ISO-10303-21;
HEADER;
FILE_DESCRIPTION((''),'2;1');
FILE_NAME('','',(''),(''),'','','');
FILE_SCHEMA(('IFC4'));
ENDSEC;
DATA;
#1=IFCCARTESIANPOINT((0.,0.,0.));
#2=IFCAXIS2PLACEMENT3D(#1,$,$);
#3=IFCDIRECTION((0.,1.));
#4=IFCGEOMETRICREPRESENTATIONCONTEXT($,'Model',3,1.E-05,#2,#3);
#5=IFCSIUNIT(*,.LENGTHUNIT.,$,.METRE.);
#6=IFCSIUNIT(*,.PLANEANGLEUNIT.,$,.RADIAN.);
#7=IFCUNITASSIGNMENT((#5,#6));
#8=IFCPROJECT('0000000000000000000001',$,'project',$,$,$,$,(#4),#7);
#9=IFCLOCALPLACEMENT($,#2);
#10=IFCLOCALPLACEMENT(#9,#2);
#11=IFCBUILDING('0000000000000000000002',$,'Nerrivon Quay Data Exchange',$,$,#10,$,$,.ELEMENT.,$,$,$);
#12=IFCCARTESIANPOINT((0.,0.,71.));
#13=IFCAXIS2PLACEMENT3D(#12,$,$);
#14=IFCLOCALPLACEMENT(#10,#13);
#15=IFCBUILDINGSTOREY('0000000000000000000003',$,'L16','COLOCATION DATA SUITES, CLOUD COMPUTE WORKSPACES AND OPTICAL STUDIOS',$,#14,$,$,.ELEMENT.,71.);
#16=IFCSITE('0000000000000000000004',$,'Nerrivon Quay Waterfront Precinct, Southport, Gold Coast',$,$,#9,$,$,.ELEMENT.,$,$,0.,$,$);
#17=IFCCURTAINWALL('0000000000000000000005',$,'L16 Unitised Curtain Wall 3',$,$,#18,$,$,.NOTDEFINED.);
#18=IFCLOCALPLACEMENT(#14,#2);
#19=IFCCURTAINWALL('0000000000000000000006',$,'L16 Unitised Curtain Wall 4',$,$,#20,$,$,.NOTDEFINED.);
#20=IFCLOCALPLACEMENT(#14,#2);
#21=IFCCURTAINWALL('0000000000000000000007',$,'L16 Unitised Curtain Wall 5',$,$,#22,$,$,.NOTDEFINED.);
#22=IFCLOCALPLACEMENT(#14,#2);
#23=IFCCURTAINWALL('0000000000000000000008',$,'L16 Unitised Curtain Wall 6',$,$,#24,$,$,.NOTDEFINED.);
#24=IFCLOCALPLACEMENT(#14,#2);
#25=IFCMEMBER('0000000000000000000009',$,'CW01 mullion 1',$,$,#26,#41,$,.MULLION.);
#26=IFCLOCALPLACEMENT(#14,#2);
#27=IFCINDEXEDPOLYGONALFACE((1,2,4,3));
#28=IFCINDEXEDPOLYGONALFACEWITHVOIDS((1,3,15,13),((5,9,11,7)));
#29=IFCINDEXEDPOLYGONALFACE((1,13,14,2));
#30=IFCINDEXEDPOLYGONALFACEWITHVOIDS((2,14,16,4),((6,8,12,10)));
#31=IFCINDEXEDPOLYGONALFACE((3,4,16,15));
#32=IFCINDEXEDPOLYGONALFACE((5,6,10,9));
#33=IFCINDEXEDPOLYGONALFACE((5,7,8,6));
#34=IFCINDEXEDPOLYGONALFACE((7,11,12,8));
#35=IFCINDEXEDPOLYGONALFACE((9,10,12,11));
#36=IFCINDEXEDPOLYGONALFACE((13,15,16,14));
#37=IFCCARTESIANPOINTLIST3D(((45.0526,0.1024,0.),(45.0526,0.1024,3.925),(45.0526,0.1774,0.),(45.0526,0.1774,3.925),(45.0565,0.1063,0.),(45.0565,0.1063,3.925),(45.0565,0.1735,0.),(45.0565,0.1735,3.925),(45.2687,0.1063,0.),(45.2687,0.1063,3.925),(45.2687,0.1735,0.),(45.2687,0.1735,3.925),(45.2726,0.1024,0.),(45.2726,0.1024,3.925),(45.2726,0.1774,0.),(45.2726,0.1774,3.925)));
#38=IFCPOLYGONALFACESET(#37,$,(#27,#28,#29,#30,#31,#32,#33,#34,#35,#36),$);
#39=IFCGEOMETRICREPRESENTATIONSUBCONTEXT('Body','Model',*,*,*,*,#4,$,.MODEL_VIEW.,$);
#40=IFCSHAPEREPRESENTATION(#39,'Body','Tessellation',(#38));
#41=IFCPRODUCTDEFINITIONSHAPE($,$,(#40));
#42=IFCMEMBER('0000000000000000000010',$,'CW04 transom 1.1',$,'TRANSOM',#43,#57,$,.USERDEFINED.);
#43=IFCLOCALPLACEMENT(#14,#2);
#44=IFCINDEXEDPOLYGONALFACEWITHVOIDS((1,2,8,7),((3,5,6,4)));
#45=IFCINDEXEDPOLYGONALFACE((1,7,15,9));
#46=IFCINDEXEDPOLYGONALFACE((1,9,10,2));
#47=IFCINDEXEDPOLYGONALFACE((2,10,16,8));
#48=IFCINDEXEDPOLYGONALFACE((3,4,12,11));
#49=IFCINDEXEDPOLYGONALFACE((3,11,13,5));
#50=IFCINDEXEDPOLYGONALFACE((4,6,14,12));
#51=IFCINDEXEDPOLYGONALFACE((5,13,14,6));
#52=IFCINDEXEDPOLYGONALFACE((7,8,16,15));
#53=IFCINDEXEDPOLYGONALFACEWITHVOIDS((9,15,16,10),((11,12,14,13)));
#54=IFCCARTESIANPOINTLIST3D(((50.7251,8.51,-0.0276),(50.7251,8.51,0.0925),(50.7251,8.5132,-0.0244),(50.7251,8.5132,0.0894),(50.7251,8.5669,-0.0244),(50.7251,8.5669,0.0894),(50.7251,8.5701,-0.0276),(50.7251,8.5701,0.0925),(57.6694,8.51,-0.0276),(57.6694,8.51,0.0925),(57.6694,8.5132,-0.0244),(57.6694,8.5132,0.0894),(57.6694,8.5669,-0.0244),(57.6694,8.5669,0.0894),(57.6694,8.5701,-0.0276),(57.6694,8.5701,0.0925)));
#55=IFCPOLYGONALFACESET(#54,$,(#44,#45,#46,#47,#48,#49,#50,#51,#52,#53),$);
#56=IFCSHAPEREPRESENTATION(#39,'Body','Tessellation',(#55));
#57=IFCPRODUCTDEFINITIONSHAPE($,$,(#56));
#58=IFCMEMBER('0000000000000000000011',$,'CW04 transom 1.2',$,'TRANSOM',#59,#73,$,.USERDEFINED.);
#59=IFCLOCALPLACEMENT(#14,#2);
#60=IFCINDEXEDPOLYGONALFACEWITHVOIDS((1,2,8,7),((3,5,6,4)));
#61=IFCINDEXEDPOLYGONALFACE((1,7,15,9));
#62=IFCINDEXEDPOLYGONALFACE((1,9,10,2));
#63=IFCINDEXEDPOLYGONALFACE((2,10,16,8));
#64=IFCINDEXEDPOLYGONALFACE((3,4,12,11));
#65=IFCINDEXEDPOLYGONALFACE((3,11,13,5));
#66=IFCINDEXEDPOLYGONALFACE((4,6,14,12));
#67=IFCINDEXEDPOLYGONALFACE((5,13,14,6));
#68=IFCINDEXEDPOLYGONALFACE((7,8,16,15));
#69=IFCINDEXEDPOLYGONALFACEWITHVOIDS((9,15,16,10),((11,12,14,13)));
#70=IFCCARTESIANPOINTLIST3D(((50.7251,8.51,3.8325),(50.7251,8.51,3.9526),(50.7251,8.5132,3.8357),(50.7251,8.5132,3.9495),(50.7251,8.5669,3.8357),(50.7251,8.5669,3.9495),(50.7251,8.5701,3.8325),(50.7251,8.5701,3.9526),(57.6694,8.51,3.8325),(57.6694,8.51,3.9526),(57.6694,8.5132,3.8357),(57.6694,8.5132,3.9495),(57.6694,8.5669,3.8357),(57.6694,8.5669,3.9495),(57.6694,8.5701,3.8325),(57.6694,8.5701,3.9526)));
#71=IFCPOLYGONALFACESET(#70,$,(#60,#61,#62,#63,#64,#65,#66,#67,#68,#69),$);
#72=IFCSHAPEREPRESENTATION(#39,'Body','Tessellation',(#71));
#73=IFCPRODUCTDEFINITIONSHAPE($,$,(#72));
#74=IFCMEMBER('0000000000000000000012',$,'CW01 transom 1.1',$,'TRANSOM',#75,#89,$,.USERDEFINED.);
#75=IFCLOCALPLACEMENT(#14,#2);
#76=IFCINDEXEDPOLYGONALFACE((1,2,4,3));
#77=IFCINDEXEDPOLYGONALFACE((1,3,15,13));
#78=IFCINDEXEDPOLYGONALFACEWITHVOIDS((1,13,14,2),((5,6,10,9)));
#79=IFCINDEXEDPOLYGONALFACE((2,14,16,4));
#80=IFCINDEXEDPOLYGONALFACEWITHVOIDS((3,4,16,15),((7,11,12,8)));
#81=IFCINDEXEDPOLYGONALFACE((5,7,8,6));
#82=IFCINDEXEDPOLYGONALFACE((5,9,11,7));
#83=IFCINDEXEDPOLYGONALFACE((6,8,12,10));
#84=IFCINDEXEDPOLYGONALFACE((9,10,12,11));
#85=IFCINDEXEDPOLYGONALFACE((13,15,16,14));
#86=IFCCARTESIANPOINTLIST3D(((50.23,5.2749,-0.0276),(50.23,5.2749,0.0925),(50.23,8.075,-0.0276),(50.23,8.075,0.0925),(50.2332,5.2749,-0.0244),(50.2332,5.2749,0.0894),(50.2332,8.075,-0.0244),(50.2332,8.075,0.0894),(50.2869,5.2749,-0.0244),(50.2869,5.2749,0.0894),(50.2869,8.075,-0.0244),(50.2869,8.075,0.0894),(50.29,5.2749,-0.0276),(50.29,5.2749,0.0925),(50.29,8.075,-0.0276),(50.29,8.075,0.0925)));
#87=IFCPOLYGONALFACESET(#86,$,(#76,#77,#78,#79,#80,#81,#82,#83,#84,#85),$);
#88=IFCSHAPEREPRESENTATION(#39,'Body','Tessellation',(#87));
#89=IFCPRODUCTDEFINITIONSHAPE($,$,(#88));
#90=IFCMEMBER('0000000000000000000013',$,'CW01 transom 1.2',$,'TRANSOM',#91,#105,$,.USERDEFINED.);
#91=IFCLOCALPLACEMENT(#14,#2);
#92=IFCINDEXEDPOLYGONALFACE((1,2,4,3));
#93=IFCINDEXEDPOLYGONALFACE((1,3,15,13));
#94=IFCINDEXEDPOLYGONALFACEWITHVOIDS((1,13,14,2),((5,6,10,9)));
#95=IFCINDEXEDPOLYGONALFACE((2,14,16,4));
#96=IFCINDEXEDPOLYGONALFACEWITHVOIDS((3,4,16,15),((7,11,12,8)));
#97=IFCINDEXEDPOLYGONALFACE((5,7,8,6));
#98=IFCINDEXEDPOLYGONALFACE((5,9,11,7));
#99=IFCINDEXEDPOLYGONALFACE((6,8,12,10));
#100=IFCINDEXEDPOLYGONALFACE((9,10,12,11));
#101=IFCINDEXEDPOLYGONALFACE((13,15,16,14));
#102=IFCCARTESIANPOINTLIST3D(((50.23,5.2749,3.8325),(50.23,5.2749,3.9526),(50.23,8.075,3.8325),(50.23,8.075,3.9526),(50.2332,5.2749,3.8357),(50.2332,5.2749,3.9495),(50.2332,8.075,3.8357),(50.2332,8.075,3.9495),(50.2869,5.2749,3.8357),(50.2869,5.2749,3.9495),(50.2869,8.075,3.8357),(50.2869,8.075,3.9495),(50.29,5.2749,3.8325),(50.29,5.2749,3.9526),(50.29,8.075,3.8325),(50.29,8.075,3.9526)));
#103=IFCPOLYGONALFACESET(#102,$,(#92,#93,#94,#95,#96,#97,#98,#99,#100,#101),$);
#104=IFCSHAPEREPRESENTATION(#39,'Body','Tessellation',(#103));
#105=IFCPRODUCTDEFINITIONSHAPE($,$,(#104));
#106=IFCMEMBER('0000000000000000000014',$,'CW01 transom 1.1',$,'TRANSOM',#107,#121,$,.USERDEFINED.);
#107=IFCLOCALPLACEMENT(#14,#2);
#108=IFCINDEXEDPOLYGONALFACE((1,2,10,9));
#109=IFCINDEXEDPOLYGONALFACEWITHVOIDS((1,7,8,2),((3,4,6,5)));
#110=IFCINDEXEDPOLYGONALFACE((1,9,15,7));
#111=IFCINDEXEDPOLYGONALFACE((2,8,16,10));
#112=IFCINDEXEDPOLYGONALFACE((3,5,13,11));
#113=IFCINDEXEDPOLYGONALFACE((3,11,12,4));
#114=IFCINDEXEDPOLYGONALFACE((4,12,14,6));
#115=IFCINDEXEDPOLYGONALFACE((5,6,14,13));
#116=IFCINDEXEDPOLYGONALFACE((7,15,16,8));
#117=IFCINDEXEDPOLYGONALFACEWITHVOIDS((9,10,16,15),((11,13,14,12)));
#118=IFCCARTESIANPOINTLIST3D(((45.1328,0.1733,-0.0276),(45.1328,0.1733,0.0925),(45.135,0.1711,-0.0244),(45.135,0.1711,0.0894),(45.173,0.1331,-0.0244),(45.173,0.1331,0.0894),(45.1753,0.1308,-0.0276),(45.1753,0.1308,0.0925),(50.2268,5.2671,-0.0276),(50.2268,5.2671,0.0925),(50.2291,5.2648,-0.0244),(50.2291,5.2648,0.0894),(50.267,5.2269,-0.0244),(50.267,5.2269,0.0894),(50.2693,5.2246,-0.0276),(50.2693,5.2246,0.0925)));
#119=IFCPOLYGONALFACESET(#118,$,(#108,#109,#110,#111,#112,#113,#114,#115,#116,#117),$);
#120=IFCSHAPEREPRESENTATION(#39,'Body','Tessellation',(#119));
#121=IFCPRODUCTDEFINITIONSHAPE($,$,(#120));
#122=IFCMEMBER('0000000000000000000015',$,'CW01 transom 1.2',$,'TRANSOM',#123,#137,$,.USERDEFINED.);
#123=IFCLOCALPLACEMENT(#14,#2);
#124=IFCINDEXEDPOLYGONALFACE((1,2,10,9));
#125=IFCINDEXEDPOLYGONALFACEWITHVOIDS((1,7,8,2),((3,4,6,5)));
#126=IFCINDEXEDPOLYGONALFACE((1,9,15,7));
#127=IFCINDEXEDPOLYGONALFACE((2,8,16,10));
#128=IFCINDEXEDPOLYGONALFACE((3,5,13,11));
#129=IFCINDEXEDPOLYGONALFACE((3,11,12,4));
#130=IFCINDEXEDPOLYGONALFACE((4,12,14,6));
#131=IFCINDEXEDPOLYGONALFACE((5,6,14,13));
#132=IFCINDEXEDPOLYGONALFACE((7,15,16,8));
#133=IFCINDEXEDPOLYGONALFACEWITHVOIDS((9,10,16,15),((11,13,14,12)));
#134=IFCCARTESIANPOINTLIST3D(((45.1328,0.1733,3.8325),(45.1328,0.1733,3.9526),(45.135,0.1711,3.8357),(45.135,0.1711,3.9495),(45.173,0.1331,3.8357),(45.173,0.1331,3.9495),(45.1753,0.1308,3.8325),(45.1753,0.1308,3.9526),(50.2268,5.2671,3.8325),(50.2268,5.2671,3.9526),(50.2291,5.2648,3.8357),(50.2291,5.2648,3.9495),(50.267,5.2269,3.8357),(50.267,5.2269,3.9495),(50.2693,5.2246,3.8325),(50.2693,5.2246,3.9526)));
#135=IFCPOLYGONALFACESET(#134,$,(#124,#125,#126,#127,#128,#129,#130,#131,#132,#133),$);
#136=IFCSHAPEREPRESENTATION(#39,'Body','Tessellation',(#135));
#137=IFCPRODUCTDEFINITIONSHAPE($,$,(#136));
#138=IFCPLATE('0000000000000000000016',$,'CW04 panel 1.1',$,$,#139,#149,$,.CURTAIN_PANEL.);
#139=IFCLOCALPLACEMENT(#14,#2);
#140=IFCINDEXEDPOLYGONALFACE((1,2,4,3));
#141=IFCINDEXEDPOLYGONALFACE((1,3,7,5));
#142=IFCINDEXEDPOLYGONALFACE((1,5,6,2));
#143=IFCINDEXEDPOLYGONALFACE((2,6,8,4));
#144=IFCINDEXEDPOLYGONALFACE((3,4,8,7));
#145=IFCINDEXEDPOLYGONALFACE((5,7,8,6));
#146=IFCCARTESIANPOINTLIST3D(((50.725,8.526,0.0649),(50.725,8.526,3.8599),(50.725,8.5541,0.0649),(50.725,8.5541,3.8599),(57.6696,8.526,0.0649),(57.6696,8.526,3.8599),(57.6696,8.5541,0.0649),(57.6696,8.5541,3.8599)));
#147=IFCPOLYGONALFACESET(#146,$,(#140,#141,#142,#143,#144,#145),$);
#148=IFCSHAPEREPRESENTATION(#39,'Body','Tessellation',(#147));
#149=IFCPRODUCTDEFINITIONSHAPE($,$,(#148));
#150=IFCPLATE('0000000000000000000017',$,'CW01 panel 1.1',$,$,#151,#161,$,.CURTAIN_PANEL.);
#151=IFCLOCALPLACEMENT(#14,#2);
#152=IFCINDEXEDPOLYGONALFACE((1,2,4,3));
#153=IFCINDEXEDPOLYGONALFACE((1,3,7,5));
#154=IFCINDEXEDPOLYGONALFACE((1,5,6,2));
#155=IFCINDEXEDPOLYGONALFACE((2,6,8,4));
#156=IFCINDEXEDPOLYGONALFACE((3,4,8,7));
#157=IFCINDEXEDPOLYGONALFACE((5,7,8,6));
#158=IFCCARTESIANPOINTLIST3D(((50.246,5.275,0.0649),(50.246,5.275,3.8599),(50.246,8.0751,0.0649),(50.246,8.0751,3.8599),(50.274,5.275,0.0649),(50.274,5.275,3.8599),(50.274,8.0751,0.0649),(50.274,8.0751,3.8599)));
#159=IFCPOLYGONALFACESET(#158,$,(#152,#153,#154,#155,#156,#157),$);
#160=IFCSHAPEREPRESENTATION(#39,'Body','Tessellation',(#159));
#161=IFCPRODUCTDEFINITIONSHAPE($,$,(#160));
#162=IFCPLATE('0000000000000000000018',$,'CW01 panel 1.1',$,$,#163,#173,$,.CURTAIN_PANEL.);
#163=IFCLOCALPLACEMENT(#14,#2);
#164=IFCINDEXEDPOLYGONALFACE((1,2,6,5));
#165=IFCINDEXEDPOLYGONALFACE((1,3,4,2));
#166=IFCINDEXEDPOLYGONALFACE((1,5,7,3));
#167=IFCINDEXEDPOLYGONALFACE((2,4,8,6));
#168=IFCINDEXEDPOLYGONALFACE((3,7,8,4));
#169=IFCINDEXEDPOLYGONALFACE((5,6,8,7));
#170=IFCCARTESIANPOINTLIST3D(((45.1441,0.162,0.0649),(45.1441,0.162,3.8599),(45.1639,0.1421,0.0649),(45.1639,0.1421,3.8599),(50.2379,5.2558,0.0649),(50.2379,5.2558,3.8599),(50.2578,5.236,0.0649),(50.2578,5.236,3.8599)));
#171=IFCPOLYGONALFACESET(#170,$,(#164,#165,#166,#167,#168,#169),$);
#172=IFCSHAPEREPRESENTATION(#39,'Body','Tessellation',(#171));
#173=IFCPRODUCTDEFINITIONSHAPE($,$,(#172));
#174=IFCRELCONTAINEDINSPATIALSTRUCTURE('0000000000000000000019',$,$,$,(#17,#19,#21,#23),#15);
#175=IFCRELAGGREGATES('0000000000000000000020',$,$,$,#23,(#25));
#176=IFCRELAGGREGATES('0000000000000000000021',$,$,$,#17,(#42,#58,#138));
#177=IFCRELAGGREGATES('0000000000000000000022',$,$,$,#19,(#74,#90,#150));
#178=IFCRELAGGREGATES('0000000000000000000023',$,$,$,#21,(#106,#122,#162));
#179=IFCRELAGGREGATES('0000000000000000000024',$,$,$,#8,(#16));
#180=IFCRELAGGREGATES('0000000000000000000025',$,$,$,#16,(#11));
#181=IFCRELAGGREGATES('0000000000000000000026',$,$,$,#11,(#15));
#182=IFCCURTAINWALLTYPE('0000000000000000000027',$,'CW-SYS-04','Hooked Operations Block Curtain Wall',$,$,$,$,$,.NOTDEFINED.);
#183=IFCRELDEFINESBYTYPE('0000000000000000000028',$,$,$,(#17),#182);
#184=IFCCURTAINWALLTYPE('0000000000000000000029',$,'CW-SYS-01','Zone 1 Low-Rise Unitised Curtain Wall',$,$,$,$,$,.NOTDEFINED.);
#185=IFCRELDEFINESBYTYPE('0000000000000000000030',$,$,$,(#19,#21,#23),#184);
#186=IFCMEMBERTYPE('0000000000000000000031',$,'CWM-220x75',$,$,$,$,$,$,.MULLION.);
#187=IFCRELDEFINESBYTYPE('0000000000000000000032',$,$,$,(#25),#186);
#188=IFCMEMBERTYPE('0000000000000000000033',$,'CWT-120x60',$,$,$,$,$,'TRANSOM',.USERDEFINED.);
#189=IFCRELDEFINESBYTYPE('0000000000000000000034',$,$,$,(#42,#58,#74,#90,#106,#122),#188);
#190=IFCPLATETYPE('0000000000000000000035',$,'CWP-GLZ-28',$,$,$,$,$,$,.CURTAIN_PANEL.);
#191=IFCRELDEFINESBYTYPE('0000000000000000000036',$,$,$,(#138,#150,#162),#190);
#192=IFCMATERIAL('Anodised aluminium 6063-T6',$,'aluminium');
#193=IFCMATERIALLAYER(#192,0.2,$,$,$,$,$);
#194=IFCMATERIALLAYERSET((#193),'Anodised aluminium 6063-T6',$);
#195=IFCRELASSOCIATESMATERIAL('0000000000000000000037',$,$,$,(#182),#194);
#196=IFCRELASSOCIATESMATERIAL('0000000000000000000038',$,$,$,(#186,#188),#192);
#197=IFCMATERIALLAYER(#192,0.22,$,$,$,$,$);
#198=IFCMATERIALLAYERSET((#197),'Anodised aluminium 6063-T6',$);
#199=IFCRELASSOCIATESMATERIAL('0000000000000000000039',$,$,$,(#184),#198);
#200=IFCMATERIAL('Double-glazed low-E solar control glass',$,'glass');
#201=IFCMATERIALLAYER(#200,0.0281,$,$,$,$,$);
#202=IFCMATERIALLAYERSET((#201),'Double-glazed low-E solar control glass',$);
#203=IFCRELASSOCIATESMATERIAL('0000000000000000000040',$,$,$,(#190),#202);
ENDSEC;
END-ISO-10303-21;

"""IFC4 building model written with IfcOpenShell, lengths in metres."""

from ifc_helpers import new_model, si_unit, direction, frame, origin, origin_2d, place, context, subcontext, project, spatial, rectangle, hollow_rectangle, extrude, material, layer, layer_set, material_profile, profile_set, type_object, element, aggregate, save


model = new_model("IFC4")

# Units and contexts
model_context = context("Model", 3, precision=1e-05, world=origin(), true_north=direction((0.0, 1.0)))
body_context = subcontext(model_context, "Body", "Model", "MODEL_VIEW")
ifc_project = project(units=[si_unit("LENGTHUNIT", "METRE"), si_unit("PLANEANGLEUNIT", "RADIAN")], contexts=[model_context])

# Site, building, storey
site_placement = place(None, origin())
site = spatial("IfcSite", under=ifc_project, at=site_placement, Name="Nerrivon Quay Waterfront Precinct, Southport, Gold Coast", CompositionType="ELEMENT", RefElevation=0.0)
building_placement = place(site_placement, origin())
building = spatial("IfcBuilding", under=site, at=building_placement, Name="Nerrivon Quay Data Exchange", CompositionType="ELEMENT")
storey_placement = place(building_placement, frame((0.0, 0.0, 71.0)))
storey = spatial("IfcBuildingStorey", under=building, at=storey_placement, Name="L16", Description="COLOCATION DATA SUITES, CLOUD COMPUTE WORKSPACES AND OPTICAL STUDIOS", CompositionType="ELEMENT", Elevation=71.0)

# Curtain walls
ifc_material_1 = material(Name="Anodised aluminium 6063-T6", Category="aluminium")
ifc_layer_1 = layer(ifc_material_1, 0.2)
ifc_layer_set_1 = layer_set([ifc_layer_1], Name="Anodised aluminium 6063-T6")
curtain_wall_type_1 = type_object("IfcCurtainWallType", Name="CW-SYS-04", Description="Hooked Operations Block Curtain Wall", PredefinedType="NOTDEFINED", material=ifc_layer_set_1)
curtain_wall_1_placement = place(storey_placement, origin())
curtain_wall_1 = element("IfcCurtainWall", 1, at=curtain_wall_1_placement, inside=storey, type_object=curtain_wall_type_1, Name="L16 Unitised Curtain Wall 3", PredefinedType="NOTDEFINED")
ifc_material_profile_1 = material_profile(ifc_material_1, hollow_rectangle(XDim=0.075, YDim=0.22, WallThickness=0.0039, at=origin_2d()), Name="ALU-MULL-220x75")
ifc_profile_set_1 = profile_set([ifc_material_profile_1], Name="Anodised aluminium 6063-T6")
member_type_1 = type_object("IfcMemberType", Name="CWM-220x75", PredefinedType="MULLION", material=ifc_profile_set_1)
ifc_layer_2 = layer(ifc_material_1, 0.22)
ifc_layer_set_2 = layer_set([ifc_layer_2], Name="Anodised aluminium 6063-T6")
curtain_wall_type_2 = type_object("IfcCurtainWallType", Name="CW-SYS-01", Description="Zone 1 Low-Rise Unitised Curtain Wall", PredefinedType="NOTDEFINED", material=ifc_layer_set_2)
curtain_wall_2_placement = place(storey_placement, origin())
curtain_wall_2 = element("IfcCurtainWall", 2, at=curtain_wall_2_placement, inside=storey, type_object=curtain_wall_type_2, Name="L16 Unitised Curtain Wall 4", PredefinedType="NOTDEFINED")

# Curtain walls, member
curtain_wall_3_placement = place(storey_placement, origin())
curtain_wall_3 = element("IfcCurtainWall", 3, at=curtain_wall_3_placement, inside=storey, type_object=curtain_wall_type_2, Name="L16 Unitised Curtain Wall 5", PredefinedType="NOTDEFINED")
curtain_wall_4_placement = place(storey_placement, origin())
curtain_wall_4 = element("IfcCurtainWall", 4, at=curtain_wall_4_placement, inside=storey, type_object=curtain_wall_type_2, Name="L16 Unitised Curtain Wall 6", PredefinedType="NOTDEFINED")
member_1_placement = place(storey_placement, frame((45.1626, 0.1399, 0.0), z_axis=(0.0, 0.0, 1.0), x_axis=(0.0, -1.0, 0.0)))
member_1 = element("IfcMember", 5, at=member_1_placement, type_object=member_type_1, Name="CW01 mullion 1", PredefinedType="MULLION", context=body_context, shape_type="SweptSolid", body=[
    extrude(hollow_rectangle(XDim=0.075, YDim=0.22, WallThickness=0.0039, at=origin_2d()), origin(), (0.0, 0.0, 1.0), 3.925),
])
aggregate(curtain_wall_4, [member_1])

# Members
ifc_material_profile_2 = material_profile(ifc_material_1, hollow_rectangle(XDim=0.0601, YDim=0.1201, WallThickness=0.0032, at=origin_2d()), Name="ALU-TRAN-120x60")
ifc_profile_set_2 = profile_set([ifc_material_profile_2], Name="Anodised aluminium 6063-T6")
member_type_2 = type_object("IfcMemberType", Name="CWT-120x60", ElementType="TRANSOM", PredefinedType="USERDEFINED", material=ifc_profile_set_2)
member_2_placement = place(storey_placement, frame((57.6694, 8.54, 0.0325), z_axis=(-1.0, 0.0, 0.0), x_axis=(0.0, -1.0, 0.0)))
member_2 = element("IfcMember", 6, at=member_2_placement, type_object=member_type_2, Name="CW04 transom 1.1", ObjectType="TRANSOM", PredefinedType="USERDEFINED", context=body_context, shape_type="SweptSolid", body=[
    extrude(hollow_rectangle(XDim=0.0601, YDim=0.1201, WallThickness=0.0032, at=origin_2d()), origin(), (0.0, 0.0, 1.0), 6.9443),
])
member_3_placement = place(storey_placement, frame((57.6694, 8.54, 3.8926), z_axis=(-1.0, 0.0, 0.0), x_axis=(0.0, -1.0, 0.0)))
member_3 = element("IfcMember", 7, at=member_3_placement, type_object=member_type_2, Name="CW04 transom 1.2", ObjectType="TRANSOM", PredefinedType="USERDEFINED", context=body_context, shape_type="SweptSolid", body=[
    extrude(hollow_rectangle(XDim=0.0601, YDim=0.1201, WallThickness=0.0032, at=origin_2d()), origin(), (0.0, 0.0, 1.0), 6.9443),
])
member_4_placement = place(storey_placement, frame((50.26, 8.075, 0.0325), z_axis=(0.0, -1.0, 0.0), x_axis=(1.0, 0.0, 0.0)))
member_4 = element("IfcMember", 8, at=member_4_placement, type_object=member_type_2, Name="CW01 transom 1.1", ObjectType="TRANSOM", PredefinedType="USERDEFINED", context=body_context, shape_type="SweptSolid", body=[
    extrude(hollow_rectangle(XDim=0.0601, YDim=0.1201, WallThickness=0.0032, at=origin_2d()), origin(), (0.0, 0.0, 1.0), 2.8),
])
member_5_placement = place(storey_placement, frame((50.26, 8.075, 3.8926), z_axis=(0.0, -1.0, 0.0), x_axis=(1.0, 0.0, 0.0)))
member_5 = element("IfcMember", 9, at=member_5_placement, type_object=member_type_2, Name="CW01 transom 1.2", ObjectType="TRANSOM", PredefinedType="USERDEFINED", context=body_context, shape_type="SweptSolid", body=[
    extrude(hollow_rectangle(XDim=0.0601, YDim=0.1201, WallThickness=0.0032, at=origin_2d()), origin(), (0.0, 0.0, 1.0), 2.8),
])
member_6_placement = place(storey_placement, frame((50.248, 5.2458, 0.0325), z_axis=(-0.707124, -0.70709, 0.0), x_axis=(0.70709, -0.707124, 0.0)))
member_6 = element("IfcMember", 10, at=member_6_placement, type_object=member_type_2, Name="CW01 transom 1.1", ObjectType="TRANSOM", PredefinedType="USERDEFINED", context=body_context, shape_type="SweptSolid", body=[
    extrude(hollow_rectangle(XDim=0.0601, YDim=0.1201, WallThickness=0.0032, at=origin_2d()), origin(), (0.0, 0.0, 1.0), 7.2039),
])
member_7_placement = place(storey_placement, frame((50.248, 5.2458, 3.8926), z_axis=(-0.707124, -0.70709, 0.0), x_axis=(0.70709, -0.707124, 0.0)))
member_7 = element("IfcMember", 11, at=member_7_placement, type_object=member_type_2, Name="CW01 transom 1.2", ObjectType="TRANSOM", PredefinedType="USERDEFINED", context=body_context, shape_type="SweptSolid", body=[
    extrude(hollow_rectangle(XDim=0.0601, YDim=0.1201, WallThickness=0.0032, at=origin_2d()), origin(), (0.0, 0.0, 1.0), 7.2039),
])

# Plates
ifc_material_2 = material(Name="Double-glazed low-E solar control glass", Category="glass")
ifc_layer_3 = layer(ifc_material_2, 0.0281)
ifc_layer_set_3 = layer_set([ifc_layer_3], Name="Double-glazed low-E solar control glass")
plate_type = type_object("IfcPlateType", Name="CWP-GLZ-28", PredefinedType="CURTAIN_PANEL", material=ifc_layer_set_3)
plate_1_placement = place(storey_placement, frame((54.1973, 8.54, 0.0649), z_axis=(0.0, 0.0, 1.0), x_axis=(-1.0, 0.0, 0.0)))
plate_1 = element("IfcPlate", 12, at=plate_1_placement, type_object=plate_type, Name="CW04 panel 1.1", PredefinedType="CURTAIN_PANEL", context=body_context, shape_type="SweptSolid", body=[
    extrude(rectangle(XDim=6.9446, YDim=0.0281, at=origin_2d()), origin(), (0.0, 0.0, 1.0), 3.7949),
])
aggregate(curtain_wall_1, [member_2, member_3, plate_1])
plate_2_placement = place(storey_placement, frame((50.26, 6.675, 0.0649), z_axis=(0.0, 0.0, 1.0), x_axis=(0.0, -1.0, 0.0)))
plate_2 = element("IfcPlate", 13, at=plate_2_placement, type_object=plate_type, Name="CW01 panel 1.1", PredefinedType="CURTAIN_PANEL", context=body_context, shape_type="SweptSolid", body=[
    extrude(rectangle(XDim=2.8, YDim=0.0281, at=origin_2d()), origin(), (0.0, 0.0, 1.0), 3.7949),
])
aggregate(curtain_wall_2, [member_4, member_5, plate_2])
plate_3_placement = place(storey_placement, frame((47.7009, 2.699, 0.0649), z_axis=(0.0, 0.0, 1.0), x_axis=(-0.707107, -0.707107, 0.0)))
plate_3 = element("IfcPlate", 14, at=plate_3_placement, type_object=plate_type, Name="CW01 panel 1.1", PredefinedType="CURTAIN_PANEL", context=body_context, shape_type="SweptSolid", body=[
    extrude(rectangle(XDim=7.2039, YDim=0.0281, at=origin_2d()), origin(), (0.0, 0.0, 1.0), 3.7949),
])
aggregate(curtain_wall_3, [member_6, member_7, plate_3])

save(model, "model.ifc")
